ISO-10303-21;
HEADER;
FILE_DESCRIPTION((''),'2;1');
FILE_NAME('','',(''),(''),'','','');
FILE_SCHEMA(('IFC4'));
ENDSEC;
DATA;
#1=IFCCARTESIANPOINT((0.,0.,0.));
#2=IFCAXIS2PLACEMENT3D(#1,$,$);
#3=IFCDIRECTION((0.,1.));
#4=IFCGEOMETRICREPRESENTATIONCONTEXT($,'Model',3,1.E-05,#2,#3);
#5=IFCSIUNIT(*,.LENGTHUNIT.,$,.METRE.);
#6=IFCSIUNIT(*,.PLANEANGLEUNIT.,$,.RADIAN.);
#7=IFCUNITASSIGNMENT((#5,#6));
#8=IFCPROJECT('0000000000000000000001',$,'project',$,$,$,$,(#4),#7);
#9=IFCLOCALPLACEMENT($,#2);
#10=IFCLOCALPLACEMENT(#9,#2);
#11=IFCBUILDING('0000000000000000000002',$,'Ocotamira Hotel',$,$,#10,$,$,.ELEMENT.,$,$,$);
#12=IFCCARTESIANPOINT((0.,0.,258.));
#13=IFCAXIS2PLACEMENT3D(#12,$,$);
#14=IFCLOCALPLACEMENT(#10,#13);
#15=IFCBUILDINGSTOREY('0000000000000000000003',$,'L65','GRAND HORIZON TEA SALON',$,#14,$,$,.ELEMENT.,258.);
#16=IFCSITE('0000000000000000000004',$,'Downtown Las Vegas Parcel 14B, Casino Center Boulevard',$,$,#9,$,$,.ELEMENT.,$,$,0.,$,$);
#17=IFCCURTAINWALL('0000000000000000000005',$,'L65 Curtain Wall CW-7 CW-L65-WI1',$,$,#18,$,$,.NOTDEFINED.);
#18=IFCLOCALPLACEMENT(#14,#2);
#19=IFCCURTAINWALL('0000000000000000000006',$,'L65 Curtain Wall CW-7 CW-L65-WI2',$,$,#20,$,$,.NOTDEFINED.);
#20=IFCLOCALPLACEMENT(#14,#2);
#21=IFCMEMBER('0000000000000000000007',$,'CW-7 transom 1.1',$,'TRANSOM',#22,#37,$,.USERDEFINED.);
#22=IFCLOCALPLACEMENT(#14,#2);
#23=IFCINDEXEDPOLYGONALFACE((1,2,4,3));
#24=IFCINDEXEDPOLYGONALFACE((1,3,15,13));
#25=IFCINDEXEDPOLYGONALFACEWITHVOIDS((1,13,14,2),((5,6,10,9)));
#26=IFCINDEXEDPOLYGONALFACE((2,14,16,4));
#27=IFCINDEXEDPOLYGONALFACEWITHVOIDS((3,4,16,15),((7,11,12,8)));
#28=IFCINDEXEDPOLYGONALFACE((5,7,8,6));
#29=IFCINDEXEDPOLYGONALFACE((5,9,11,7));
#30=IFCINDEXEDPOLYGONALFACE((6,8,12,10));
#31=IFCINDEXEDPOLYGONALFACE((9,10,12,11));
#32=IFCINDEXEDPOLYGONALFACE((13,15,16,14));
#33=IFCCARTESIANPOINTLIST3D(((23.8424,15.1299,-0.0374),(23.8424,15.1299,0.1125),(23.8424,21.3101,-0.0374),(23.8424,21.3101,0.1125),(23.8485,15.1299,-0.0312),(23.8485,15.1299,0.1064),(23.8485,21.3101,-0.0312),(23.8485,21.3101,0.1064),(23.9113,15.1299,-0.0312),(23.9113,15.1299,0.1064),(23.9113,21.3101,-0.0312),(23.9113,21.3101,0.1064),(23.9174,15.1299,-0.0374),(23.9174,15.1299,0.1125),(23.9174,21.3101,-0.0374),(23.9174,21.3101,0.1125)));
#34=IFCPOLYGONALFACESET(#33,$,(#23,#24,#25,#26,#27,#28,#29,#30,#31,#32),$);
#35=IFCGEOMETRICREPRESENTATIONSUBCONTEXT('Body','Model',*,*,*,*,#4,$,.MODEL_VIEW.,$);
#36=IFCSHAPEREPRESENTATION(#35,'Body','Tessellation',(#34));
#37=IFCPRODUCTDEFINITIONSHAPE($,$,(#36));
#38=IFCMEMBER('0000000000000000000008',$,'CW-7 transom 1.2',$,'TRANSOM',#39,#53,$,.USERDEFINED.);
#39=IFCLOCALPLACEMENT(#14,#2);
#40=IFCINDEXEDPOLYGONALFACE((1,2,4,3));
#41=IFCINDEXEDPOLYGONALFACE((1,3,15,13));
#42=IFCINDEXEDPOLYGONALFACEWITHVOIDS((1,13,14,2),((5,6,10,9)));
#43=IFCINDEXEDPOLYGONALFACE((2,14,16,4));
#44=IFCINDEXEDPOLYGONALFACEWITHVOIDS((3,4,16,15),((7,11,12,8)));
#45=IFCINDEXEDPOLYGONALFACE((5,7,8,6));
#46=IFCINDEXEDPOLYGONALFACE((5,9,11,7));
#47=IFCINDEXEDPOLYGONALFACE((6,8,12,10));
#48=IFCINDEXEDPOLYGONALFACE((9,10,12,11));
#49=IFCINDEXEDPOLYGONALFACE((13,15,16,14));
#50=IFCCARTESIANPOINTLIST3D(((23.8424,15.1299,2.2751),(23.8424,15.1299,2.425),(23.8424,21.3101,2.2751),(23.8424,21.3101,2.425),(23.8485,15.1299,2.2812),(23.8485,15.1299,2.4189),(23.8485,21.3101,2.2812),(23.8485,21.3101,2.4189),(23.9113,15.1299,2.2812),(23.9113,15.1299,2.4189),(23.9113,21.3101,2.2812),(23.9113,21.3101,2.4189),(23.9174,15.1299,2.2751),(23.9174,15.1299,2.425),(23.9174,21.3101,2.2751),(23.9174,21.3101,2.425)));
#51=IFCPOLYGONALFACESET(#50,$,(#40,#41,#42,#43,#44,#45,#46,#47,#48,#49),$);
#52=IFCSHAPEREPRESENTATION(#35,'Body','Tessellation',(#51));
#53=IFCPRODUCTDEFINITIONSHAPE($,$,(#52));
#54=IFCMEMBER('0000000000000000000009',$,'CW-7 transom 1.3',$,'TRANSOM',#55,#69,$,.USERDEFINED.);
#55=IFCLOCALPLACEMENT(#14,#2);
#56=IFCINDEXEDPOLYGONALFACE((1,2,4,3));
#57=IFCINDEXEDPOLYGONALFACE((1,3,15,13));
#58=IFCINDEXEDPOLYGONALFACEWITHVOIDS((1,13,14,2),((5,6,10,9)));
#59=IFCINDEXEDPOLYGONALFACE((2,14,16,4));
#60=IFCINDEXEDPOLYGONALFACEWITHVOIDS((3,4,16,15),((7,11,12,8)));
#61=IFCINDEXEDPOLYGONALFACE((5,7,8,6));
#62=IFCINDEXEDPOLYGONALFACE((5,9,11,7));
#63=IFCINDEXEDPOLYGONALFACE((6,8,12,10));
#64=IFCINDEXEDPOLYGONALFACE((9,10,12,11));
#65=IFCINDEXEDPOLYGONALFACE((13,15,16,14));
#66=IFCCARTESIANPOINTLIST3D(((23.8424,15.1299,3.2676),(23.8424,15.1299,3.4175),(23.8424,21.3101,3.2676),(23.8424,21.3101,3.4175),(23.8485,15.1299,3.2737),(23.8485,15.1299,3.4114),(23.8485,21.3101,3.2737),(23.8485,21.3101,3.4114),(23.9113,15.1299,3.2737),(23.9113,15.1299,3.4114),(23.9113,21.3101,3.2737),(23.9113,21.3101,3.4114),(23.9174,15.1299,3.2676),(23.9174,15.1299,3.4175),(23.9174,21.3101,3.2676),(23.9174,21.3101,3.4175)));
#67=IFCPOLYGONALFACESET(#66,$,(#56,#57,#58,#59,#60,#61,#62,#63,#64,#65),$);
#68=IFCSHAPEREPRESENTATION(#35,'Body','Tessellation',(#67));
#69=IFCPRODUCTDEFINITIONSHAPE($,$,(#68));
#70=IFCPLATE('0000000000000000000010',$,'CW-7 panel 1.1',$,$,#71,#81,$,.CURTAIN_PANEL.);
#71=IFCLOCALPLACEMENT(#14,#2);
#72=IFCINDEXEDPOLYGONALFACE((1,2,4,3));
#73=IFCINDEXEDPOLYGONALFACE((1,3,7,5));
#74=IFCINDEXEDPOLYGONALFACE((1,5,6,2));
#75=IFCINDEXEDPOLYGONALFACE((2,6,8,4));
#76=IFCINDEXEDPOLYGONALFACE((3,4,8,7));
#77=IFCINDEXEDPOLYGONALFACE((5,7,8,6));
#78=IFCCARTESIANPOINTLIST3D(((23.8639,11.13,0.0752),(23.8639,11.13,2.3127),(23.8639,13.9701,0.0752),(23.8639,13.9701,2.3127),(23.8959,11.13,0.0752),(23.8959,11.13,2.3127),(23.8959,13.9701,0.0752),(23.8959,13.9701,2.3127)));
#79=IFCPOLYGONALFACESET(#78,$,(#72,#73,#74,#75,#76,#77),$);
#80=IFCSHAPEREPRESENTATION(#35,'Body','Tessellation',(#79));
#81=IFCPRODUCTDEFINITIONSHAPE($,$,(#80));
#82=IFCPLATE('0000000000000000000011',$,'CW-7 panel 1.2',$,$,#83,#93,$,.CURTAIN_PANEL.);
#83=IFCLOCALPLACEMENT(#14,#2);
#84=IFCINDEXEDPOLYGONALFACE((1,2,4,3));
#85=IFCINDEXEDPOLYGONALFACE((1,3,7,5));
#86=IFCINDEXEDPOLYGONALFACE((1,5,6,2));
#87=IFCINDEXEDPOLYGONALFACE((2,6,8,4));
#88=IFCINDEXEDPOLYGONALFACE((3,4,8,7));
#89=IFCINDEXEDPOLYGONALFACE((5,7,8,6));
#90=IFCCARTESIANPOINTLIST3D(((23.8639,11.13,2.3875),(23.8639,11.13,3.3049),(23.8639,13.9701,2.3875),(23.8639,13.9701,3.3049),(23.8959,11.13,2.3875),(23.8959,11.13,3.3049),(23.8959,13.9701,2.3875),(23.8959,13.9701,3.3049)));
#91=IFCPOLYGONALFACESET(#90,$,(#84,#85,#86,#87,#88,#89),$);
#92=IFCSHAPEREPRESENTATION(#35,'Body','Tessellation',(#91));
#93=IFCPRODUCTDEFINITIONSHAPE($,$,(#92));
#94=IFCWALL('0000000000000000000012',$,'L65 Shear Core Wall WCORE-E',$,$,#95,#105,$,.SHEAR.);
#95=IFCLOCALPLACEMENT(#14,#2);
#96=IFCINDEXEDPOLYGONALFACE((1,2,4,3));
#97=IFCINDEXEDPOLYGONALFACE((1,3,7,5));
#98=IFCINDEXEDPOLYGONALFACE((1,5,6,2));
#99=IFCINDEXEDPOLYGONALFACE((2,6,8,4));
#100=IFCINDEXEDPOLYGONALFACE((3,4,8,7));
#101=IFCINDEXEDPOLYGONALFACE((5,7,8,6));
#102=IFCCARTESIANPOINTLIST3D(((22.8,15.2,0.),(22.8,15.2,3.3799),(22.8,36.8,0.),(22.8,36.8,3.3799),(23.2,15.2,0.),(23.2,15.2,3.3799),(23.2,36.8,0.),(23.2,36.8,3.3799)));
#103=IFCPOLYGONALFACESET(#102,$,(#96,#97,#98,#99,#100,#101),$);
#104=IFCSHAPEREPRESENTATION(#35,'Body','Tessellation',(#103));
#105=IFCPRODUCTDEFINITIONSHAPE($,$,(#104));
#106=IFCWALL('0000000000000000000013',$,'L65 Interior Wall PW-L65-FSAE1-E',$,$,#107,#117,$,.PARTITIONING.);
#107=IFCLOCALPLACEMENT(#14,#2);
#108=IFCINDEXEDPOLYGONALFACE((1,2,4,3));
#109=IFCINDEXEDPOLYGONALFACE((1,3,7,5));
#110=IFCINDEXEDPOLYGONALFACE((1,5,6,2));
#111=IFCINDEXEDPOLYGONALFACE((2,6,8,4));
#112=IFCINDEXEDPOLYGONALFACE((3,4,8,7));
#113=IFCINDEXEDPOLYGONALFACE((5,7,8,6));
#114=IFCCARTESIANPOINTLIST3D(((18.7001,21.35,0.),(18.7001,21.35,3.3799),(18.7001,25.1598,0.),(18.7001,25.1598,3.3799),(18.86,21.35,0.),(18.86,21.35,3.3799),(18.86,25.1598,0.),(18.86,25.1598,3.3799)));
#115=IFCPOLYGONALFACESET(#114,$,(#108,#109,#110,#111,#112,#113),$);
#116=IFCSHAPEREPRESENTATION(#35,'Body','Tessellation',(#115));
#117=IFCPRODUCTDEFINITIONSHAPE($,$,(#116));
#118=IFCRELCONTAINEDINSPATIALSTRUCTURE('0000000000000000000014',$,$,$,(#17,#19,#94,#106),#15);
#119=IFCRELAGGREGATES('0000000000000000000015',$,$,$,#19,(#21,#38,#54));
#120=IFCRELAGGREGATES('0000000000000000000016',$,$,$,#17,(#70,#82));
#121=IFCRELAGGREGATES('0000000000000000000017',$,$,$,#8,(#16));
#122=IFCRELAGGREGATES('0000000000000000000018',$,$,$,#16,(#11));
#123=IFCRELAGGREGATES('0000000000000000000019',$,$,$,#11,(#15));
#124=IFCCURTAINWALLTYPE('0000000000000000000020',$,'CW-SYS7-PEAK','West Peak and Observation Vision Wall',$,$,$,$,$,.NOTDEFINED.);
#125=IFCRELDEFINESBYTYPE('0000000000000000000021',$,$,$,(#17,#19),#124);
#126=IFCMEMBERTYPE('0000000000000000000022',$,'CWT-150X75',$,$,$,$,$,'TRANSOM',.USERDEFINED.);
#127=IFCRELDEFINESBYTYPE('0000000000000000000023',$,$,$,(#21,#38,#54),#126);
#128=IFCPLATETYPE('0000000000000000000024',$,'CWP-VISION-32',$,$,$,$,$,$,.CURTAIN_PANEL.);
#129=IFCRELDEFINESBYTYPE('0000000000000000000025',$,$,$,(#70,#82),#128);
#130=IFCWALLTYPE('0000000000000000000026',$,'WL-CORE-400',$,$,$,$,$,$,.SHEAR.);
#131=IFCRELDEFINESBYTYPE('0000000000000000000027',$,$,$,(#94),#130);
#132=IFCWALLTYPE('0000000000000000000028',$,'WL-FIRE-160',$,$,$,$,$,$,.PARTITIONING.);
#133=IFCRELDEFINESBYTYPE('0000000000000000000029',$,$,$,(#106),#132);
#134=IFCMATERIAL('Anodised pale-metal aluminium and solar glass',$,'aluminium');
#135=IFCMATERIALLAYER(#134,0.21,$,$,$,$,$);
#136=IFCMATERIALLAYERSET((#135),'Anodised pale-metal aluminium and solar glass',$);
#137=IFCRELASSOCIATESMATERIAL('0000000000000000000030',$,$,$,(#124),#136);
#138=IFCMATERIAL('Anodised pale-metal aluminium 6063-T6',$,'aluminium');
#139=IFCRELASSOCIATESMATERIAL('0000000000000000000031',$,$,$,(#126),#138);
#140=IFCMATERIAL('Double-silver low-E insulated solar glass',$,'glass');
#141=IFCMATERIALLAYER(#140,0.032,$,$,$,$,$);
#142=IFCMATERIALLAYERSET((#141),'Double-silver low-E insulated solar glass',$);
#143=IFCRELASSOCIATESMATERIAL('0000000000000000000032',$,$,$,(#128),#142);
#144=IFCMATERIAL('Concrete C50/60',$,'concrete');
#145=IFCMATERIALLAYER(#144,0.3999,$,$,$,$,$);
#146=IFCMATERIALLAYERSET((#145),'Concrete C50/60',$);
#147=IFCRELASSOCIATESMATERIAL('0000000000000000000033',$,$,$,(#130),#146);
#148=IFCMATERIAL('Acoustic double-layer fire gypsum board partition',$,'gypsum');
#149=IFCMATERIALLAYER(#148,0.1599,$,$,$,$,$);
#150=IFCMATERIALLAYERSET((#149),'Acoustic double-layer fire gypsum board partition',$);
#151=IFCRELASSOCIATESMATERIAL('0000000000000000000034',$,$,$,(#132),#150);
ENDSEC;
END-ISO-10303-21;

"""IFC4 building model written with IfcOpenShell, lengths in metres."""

from ifc_helpers import new_model, si_unit, direction, frame, frame_2d, origin, origin_2d, place, context, subcontext, project, spatial, rectangle, hollow_rectangle, extrude, source, transform, mapped, material, layer, layer_set, material_profile, profile_set, type_object, element, aggregate, save


model = new_model("IFC4")

# Units and contexts
model_context = context("Model", 3, precision=1e-05, world=origin(), true_north=direction((0.0, 1.0)))
body_context = subcontext(model_context, "Body", "Model", "MODEL_VIEW")
ifc_project = project(units=[si_unit("LENGTHUNIT", "METRE"), si_unit("PLANEANGLEUNIT", "RADIAN")], contexts=[model_context])

# Site, building, storey
site_placement = place(None, origin())
site = spatial("IfcSite", under=ifc_project, at=site_placement, Name="Downtown Las Vegas Parcel 14B, Casino Center Boulevard", CompositionType="ELEMENT", RefElevation=0.0)
building_placement = place(site_placement, origin())
building = spatial("IfcBuilding", under=site, at=building_placement, Name="Ocotamira Hotel", CompositionType="ELEMENT")
storey_placement = place(building_placement, frame((0.0, 0.0, 258.0)))
storey = spatial("IfcBuildingStorey", under=building, at=storey_placement, Name="L65", Description="GRAND HORIZON TEA SALON", CompositionType="ELEMENT", Elevation=258.0)

# Curtain wall
ifc_material_1 = material(Name="Anodised pale-metal aluminium and solar glass", Category="aluminium")
ifc_layer_1 = layer(ifc_material_1, 0.21)
ifc_layer_set_1 = layer_set([ifc_layer_1], Name="Anodised pale-metal aluminium and solar glass")
curtain_wall_type = type_object("IfcCurtainWallType", Name="CW-SYS7-PEAK", Description="West Peak and Observation Vision Wall", PredefinedType="NOTDEFINED", material=ifc_layer_set_1)
curtain_wall_1_placement = place(storey_placement, origin())
curtain_wall_1 = element("IfcCurtainWall", 1, at=curtain_wall_1_placement, inside=storey, type_object=curtain_wall_type, Name="L65 Curtain Wall CW-7 CW-L65-WI1", PredefinedType="NOTDEFINED")
ifc_material_2 = material(Name="Anodised pale-metal aluminium 6063-T6", Category="aluminium")

# Curtain wall, members
curtain_wall_2_placement = place(storey_placement, origin())
curtain_wall_2 = element("IfcCurtainWall", 2, at=curtain_wall_2_placement, inside=storey, type_object=curtain_wall_type, Name="L65 Curtain Wall CW-7 CW-L65-WI2", PredefinedType="NOTDEFINED")
ifc_material_profile_1 = material_profile(ifc_material_2, hollow_rectangle(XDim=0.075, YDim=0.1499, WallThickness=0.0061, at=origin_2d()), Name="HSS150X75X6")
ifc_profile_set_1 = profile_set([ifc_material_profile_1], Name="Anodised pale-metal aluminium 6063-T6")
member_type_1 = type_object("IfcMemberType", Name="CWT-150X75", ElementType="TRANSOM", PredefinedType="USERDEFINED", material=ifc_profile_set_1)
shared_shape_1 = source(origin(), body_context, "Body", "SweptSolid", [
    extrude(hollow_rectangle(XDim=0.075, YDim=0.1499, WallThickness=0.0061, at=origin_2d()), origin(), (0.0, 0.0, 1.0), 6.1802),
])
member_1_placement = place(storey_placement, frame((23.8799, 15.1299, 0.0376), z_axis=(0.0, 1.0, 0.0), x_axis=(-1.0, 0.0, 0.0)))
member_1 = element("IfcMember", 3, at=member_1_placement, type_object=member_type_1, Name="CW-7 transom 1.1", ObjectType="TRANSOM", PredefinedType="USERDEFINED", context=body_context, shape_type="MappedRepresentation", body=[
    mapped(shared_shape_1, transform((0.0, 0.0, 0.0), scale=1.0)),
])
member_2_placement = place(storey_placement, frame((23.8799, 15.1299, 2.3501), z_axis=(0.0, 1.0, 0.0), x_axis=(-1.0, 0.0, 0.0)))
member_2 = element("IfcMember", 4, at=member_2_placement, type_object=member_type_1, Name="CW-7 transom 1.2", ObjectType="TRANSOM", PredefinedType="USERDEFINED", context=body_context, shape_type="MappedRepresentation", body=[
    mapped(shared_shape_1, transform((0.0, 0.0, 0.0), scale=1.0)),
])
member_3_placement = place(storey_placement, frame((23.8799, 15.1299, 3.3425), z_axis=(0.0, 1.0, 0.0), x_axis=(-1.0, 0.0, 0.0)))
member_3 = element("IfcMember", 5, at=member_3_placement, type_object=member_type_1, Name="CW-7 transom 1.3", ObjectType="TRANSOM", PredefinedType="USERDEFINED", context=body_context, shape_type="MappedRepresentation", body=[
    mapped(shared_shape_1, transform((0.0, 0.0, 0.0), scale=1.0)),
])
aggregate(curtain_wall_2, [member_1, member_2, member_3])

# Plates
ifc_material_3 = material(Name="Double-silver low-E insulated solar glass", Category="glass")
ifc_layer_2 = layer(ifc_material_3, 0.032)
ifc_layer_set_2 = layer_set([ifc_layer_2], Name="Double-silver low-E insulated solar glass")
plate_type = type_object("IfcPlateType", Name="CWP-VISION-32", PredefinedType="CURTAIN_PANEL", material=ifc_layer_set_2)
shared_shape_2 = source(origin(), body_context, "Body", "SweptSolid", [
    extrude(rectangle(XDim=2.8401, YDim=0.032, at=origin_2d()), origin(), (0.0, 0.0, 1.0), 2.2375),
])
plate_1_placement = place(storey_placement, frame((23.8799, 12.55, 0.0752), z_axis=(0.0, 0.0, 1.0), x_axis=(0.0, 1.0, 0.0)))
plate_1 = element("IfcPlate", 6, at=plate_1_placement, type_object=plate_type, Name="CW-7 panel 1.1", PredefinedType="CURTAIN_PANEL", context=body_context, shape_type="MappedRepresentation", body=[
    mapped(shared_shape_2, transform((0.0, 0.0, 0.0), scale=1.0)),
])
shared_shape_3 = source(origin(), body_context, "Body", "SweptSolid", [
    extrude(rectangle(XDim=2.8401, YDim=0.032, at=origin_2d()), origin(), (0.0, 0.0, 1.0), 0.9175),
])
plate_2_placement = place(storey_placement, frame((23.8799, 12.55, 2.3875), z_axis=(0.0, 0.0, 1.0), x_axis=(0.0, 1.0, 0.0)))
plate_2 = element("IfcPlate", 7, at=plate_2_placement, type_object=plate_type, Name="CW-7 panel 1.2", PredefinedType="CURTAIN_PANEL", context=body_context, shape_type="MappedRepresentation", body=[
    mapped(shared_shape_3, transform((0.0, 0.0, 0.0), scale=1.0)),
])
aggregate(curtain_wall_1, [plate_1, plate_2])

# Wall
ifc_material_4 = material(Name="Concrete C50/60", Category="concrete")
ifc_layer_3 = layer(ifc_material_4, 0.3999)
ifc_layer_set_3 = layer_set([ifc_layer_3], Name="Concrete C50/60")
wall_type_1 = type_object("IfcWallType", Name="WL-CORE-400", PredefinedType="SHEAR", material=ifc_layer_set_3)
wall_1_placement = place(storey_placement, frame((23.0, 15.2, 0.0), z_axis=(0.0, 0.0, 1.0), x_axis=(0.0, 1.0, 0.0)))
element("IfcWall", 8, at=wall_1_placement, inside=storey, type_object=wall_type_1, Name="L65 Shear Core Wall WCORE-E", PredefinedType="SHEAR", context=body_context, shape_type="SweptSolid", body=[
    extrude(rectangle(XDim=21.6001, YDim=0.3999, at=frame_2d((10.8, 0.0))), origin(), (0.0, 0.0, 1.0), 3.3799),
])

# Shared definitions
ifc_material_5 = material(Name="Acoustic double-layer fire gypsum board partition", Category="gypsum")
ifc_layer_4 = layer(ifc_material_5, 0.1599)
ifc_layer_set_4 = layer_set([ifc_layer_4], Name="Acoustic double-layer fire gypsum board partition")
wall_type_2 = type_object("IfcWallType", Name="WL-FIRE-160", PredefinedType="PARTITIONING", material=ifc_layer_set_4)

# Wall
wall_2_placement = place(storey_placement, frame((18.78, 21.3501, 0.0), z_axis=(0.0, 0.0, 1.0), x_axis=(0.0, 1.0, 0.0)))
element("IfcWall", 9, at=wall_2_placement, inside=storey, type_object=wall_type_2, Name="L65 Interior Wall PW-L65-FSAE1-E", PredefinedType="PARTITIONING", context=body_context, shape_type="SweptSolid", body=[
    extrude(rectangle(XDim=3.8098, YDim=0.1599, at=frame_2d((1.9048, 0.0))), origin(), (0.0, 0.0, 1.0), 3.3799),
])

save(model, "model.ifc")
